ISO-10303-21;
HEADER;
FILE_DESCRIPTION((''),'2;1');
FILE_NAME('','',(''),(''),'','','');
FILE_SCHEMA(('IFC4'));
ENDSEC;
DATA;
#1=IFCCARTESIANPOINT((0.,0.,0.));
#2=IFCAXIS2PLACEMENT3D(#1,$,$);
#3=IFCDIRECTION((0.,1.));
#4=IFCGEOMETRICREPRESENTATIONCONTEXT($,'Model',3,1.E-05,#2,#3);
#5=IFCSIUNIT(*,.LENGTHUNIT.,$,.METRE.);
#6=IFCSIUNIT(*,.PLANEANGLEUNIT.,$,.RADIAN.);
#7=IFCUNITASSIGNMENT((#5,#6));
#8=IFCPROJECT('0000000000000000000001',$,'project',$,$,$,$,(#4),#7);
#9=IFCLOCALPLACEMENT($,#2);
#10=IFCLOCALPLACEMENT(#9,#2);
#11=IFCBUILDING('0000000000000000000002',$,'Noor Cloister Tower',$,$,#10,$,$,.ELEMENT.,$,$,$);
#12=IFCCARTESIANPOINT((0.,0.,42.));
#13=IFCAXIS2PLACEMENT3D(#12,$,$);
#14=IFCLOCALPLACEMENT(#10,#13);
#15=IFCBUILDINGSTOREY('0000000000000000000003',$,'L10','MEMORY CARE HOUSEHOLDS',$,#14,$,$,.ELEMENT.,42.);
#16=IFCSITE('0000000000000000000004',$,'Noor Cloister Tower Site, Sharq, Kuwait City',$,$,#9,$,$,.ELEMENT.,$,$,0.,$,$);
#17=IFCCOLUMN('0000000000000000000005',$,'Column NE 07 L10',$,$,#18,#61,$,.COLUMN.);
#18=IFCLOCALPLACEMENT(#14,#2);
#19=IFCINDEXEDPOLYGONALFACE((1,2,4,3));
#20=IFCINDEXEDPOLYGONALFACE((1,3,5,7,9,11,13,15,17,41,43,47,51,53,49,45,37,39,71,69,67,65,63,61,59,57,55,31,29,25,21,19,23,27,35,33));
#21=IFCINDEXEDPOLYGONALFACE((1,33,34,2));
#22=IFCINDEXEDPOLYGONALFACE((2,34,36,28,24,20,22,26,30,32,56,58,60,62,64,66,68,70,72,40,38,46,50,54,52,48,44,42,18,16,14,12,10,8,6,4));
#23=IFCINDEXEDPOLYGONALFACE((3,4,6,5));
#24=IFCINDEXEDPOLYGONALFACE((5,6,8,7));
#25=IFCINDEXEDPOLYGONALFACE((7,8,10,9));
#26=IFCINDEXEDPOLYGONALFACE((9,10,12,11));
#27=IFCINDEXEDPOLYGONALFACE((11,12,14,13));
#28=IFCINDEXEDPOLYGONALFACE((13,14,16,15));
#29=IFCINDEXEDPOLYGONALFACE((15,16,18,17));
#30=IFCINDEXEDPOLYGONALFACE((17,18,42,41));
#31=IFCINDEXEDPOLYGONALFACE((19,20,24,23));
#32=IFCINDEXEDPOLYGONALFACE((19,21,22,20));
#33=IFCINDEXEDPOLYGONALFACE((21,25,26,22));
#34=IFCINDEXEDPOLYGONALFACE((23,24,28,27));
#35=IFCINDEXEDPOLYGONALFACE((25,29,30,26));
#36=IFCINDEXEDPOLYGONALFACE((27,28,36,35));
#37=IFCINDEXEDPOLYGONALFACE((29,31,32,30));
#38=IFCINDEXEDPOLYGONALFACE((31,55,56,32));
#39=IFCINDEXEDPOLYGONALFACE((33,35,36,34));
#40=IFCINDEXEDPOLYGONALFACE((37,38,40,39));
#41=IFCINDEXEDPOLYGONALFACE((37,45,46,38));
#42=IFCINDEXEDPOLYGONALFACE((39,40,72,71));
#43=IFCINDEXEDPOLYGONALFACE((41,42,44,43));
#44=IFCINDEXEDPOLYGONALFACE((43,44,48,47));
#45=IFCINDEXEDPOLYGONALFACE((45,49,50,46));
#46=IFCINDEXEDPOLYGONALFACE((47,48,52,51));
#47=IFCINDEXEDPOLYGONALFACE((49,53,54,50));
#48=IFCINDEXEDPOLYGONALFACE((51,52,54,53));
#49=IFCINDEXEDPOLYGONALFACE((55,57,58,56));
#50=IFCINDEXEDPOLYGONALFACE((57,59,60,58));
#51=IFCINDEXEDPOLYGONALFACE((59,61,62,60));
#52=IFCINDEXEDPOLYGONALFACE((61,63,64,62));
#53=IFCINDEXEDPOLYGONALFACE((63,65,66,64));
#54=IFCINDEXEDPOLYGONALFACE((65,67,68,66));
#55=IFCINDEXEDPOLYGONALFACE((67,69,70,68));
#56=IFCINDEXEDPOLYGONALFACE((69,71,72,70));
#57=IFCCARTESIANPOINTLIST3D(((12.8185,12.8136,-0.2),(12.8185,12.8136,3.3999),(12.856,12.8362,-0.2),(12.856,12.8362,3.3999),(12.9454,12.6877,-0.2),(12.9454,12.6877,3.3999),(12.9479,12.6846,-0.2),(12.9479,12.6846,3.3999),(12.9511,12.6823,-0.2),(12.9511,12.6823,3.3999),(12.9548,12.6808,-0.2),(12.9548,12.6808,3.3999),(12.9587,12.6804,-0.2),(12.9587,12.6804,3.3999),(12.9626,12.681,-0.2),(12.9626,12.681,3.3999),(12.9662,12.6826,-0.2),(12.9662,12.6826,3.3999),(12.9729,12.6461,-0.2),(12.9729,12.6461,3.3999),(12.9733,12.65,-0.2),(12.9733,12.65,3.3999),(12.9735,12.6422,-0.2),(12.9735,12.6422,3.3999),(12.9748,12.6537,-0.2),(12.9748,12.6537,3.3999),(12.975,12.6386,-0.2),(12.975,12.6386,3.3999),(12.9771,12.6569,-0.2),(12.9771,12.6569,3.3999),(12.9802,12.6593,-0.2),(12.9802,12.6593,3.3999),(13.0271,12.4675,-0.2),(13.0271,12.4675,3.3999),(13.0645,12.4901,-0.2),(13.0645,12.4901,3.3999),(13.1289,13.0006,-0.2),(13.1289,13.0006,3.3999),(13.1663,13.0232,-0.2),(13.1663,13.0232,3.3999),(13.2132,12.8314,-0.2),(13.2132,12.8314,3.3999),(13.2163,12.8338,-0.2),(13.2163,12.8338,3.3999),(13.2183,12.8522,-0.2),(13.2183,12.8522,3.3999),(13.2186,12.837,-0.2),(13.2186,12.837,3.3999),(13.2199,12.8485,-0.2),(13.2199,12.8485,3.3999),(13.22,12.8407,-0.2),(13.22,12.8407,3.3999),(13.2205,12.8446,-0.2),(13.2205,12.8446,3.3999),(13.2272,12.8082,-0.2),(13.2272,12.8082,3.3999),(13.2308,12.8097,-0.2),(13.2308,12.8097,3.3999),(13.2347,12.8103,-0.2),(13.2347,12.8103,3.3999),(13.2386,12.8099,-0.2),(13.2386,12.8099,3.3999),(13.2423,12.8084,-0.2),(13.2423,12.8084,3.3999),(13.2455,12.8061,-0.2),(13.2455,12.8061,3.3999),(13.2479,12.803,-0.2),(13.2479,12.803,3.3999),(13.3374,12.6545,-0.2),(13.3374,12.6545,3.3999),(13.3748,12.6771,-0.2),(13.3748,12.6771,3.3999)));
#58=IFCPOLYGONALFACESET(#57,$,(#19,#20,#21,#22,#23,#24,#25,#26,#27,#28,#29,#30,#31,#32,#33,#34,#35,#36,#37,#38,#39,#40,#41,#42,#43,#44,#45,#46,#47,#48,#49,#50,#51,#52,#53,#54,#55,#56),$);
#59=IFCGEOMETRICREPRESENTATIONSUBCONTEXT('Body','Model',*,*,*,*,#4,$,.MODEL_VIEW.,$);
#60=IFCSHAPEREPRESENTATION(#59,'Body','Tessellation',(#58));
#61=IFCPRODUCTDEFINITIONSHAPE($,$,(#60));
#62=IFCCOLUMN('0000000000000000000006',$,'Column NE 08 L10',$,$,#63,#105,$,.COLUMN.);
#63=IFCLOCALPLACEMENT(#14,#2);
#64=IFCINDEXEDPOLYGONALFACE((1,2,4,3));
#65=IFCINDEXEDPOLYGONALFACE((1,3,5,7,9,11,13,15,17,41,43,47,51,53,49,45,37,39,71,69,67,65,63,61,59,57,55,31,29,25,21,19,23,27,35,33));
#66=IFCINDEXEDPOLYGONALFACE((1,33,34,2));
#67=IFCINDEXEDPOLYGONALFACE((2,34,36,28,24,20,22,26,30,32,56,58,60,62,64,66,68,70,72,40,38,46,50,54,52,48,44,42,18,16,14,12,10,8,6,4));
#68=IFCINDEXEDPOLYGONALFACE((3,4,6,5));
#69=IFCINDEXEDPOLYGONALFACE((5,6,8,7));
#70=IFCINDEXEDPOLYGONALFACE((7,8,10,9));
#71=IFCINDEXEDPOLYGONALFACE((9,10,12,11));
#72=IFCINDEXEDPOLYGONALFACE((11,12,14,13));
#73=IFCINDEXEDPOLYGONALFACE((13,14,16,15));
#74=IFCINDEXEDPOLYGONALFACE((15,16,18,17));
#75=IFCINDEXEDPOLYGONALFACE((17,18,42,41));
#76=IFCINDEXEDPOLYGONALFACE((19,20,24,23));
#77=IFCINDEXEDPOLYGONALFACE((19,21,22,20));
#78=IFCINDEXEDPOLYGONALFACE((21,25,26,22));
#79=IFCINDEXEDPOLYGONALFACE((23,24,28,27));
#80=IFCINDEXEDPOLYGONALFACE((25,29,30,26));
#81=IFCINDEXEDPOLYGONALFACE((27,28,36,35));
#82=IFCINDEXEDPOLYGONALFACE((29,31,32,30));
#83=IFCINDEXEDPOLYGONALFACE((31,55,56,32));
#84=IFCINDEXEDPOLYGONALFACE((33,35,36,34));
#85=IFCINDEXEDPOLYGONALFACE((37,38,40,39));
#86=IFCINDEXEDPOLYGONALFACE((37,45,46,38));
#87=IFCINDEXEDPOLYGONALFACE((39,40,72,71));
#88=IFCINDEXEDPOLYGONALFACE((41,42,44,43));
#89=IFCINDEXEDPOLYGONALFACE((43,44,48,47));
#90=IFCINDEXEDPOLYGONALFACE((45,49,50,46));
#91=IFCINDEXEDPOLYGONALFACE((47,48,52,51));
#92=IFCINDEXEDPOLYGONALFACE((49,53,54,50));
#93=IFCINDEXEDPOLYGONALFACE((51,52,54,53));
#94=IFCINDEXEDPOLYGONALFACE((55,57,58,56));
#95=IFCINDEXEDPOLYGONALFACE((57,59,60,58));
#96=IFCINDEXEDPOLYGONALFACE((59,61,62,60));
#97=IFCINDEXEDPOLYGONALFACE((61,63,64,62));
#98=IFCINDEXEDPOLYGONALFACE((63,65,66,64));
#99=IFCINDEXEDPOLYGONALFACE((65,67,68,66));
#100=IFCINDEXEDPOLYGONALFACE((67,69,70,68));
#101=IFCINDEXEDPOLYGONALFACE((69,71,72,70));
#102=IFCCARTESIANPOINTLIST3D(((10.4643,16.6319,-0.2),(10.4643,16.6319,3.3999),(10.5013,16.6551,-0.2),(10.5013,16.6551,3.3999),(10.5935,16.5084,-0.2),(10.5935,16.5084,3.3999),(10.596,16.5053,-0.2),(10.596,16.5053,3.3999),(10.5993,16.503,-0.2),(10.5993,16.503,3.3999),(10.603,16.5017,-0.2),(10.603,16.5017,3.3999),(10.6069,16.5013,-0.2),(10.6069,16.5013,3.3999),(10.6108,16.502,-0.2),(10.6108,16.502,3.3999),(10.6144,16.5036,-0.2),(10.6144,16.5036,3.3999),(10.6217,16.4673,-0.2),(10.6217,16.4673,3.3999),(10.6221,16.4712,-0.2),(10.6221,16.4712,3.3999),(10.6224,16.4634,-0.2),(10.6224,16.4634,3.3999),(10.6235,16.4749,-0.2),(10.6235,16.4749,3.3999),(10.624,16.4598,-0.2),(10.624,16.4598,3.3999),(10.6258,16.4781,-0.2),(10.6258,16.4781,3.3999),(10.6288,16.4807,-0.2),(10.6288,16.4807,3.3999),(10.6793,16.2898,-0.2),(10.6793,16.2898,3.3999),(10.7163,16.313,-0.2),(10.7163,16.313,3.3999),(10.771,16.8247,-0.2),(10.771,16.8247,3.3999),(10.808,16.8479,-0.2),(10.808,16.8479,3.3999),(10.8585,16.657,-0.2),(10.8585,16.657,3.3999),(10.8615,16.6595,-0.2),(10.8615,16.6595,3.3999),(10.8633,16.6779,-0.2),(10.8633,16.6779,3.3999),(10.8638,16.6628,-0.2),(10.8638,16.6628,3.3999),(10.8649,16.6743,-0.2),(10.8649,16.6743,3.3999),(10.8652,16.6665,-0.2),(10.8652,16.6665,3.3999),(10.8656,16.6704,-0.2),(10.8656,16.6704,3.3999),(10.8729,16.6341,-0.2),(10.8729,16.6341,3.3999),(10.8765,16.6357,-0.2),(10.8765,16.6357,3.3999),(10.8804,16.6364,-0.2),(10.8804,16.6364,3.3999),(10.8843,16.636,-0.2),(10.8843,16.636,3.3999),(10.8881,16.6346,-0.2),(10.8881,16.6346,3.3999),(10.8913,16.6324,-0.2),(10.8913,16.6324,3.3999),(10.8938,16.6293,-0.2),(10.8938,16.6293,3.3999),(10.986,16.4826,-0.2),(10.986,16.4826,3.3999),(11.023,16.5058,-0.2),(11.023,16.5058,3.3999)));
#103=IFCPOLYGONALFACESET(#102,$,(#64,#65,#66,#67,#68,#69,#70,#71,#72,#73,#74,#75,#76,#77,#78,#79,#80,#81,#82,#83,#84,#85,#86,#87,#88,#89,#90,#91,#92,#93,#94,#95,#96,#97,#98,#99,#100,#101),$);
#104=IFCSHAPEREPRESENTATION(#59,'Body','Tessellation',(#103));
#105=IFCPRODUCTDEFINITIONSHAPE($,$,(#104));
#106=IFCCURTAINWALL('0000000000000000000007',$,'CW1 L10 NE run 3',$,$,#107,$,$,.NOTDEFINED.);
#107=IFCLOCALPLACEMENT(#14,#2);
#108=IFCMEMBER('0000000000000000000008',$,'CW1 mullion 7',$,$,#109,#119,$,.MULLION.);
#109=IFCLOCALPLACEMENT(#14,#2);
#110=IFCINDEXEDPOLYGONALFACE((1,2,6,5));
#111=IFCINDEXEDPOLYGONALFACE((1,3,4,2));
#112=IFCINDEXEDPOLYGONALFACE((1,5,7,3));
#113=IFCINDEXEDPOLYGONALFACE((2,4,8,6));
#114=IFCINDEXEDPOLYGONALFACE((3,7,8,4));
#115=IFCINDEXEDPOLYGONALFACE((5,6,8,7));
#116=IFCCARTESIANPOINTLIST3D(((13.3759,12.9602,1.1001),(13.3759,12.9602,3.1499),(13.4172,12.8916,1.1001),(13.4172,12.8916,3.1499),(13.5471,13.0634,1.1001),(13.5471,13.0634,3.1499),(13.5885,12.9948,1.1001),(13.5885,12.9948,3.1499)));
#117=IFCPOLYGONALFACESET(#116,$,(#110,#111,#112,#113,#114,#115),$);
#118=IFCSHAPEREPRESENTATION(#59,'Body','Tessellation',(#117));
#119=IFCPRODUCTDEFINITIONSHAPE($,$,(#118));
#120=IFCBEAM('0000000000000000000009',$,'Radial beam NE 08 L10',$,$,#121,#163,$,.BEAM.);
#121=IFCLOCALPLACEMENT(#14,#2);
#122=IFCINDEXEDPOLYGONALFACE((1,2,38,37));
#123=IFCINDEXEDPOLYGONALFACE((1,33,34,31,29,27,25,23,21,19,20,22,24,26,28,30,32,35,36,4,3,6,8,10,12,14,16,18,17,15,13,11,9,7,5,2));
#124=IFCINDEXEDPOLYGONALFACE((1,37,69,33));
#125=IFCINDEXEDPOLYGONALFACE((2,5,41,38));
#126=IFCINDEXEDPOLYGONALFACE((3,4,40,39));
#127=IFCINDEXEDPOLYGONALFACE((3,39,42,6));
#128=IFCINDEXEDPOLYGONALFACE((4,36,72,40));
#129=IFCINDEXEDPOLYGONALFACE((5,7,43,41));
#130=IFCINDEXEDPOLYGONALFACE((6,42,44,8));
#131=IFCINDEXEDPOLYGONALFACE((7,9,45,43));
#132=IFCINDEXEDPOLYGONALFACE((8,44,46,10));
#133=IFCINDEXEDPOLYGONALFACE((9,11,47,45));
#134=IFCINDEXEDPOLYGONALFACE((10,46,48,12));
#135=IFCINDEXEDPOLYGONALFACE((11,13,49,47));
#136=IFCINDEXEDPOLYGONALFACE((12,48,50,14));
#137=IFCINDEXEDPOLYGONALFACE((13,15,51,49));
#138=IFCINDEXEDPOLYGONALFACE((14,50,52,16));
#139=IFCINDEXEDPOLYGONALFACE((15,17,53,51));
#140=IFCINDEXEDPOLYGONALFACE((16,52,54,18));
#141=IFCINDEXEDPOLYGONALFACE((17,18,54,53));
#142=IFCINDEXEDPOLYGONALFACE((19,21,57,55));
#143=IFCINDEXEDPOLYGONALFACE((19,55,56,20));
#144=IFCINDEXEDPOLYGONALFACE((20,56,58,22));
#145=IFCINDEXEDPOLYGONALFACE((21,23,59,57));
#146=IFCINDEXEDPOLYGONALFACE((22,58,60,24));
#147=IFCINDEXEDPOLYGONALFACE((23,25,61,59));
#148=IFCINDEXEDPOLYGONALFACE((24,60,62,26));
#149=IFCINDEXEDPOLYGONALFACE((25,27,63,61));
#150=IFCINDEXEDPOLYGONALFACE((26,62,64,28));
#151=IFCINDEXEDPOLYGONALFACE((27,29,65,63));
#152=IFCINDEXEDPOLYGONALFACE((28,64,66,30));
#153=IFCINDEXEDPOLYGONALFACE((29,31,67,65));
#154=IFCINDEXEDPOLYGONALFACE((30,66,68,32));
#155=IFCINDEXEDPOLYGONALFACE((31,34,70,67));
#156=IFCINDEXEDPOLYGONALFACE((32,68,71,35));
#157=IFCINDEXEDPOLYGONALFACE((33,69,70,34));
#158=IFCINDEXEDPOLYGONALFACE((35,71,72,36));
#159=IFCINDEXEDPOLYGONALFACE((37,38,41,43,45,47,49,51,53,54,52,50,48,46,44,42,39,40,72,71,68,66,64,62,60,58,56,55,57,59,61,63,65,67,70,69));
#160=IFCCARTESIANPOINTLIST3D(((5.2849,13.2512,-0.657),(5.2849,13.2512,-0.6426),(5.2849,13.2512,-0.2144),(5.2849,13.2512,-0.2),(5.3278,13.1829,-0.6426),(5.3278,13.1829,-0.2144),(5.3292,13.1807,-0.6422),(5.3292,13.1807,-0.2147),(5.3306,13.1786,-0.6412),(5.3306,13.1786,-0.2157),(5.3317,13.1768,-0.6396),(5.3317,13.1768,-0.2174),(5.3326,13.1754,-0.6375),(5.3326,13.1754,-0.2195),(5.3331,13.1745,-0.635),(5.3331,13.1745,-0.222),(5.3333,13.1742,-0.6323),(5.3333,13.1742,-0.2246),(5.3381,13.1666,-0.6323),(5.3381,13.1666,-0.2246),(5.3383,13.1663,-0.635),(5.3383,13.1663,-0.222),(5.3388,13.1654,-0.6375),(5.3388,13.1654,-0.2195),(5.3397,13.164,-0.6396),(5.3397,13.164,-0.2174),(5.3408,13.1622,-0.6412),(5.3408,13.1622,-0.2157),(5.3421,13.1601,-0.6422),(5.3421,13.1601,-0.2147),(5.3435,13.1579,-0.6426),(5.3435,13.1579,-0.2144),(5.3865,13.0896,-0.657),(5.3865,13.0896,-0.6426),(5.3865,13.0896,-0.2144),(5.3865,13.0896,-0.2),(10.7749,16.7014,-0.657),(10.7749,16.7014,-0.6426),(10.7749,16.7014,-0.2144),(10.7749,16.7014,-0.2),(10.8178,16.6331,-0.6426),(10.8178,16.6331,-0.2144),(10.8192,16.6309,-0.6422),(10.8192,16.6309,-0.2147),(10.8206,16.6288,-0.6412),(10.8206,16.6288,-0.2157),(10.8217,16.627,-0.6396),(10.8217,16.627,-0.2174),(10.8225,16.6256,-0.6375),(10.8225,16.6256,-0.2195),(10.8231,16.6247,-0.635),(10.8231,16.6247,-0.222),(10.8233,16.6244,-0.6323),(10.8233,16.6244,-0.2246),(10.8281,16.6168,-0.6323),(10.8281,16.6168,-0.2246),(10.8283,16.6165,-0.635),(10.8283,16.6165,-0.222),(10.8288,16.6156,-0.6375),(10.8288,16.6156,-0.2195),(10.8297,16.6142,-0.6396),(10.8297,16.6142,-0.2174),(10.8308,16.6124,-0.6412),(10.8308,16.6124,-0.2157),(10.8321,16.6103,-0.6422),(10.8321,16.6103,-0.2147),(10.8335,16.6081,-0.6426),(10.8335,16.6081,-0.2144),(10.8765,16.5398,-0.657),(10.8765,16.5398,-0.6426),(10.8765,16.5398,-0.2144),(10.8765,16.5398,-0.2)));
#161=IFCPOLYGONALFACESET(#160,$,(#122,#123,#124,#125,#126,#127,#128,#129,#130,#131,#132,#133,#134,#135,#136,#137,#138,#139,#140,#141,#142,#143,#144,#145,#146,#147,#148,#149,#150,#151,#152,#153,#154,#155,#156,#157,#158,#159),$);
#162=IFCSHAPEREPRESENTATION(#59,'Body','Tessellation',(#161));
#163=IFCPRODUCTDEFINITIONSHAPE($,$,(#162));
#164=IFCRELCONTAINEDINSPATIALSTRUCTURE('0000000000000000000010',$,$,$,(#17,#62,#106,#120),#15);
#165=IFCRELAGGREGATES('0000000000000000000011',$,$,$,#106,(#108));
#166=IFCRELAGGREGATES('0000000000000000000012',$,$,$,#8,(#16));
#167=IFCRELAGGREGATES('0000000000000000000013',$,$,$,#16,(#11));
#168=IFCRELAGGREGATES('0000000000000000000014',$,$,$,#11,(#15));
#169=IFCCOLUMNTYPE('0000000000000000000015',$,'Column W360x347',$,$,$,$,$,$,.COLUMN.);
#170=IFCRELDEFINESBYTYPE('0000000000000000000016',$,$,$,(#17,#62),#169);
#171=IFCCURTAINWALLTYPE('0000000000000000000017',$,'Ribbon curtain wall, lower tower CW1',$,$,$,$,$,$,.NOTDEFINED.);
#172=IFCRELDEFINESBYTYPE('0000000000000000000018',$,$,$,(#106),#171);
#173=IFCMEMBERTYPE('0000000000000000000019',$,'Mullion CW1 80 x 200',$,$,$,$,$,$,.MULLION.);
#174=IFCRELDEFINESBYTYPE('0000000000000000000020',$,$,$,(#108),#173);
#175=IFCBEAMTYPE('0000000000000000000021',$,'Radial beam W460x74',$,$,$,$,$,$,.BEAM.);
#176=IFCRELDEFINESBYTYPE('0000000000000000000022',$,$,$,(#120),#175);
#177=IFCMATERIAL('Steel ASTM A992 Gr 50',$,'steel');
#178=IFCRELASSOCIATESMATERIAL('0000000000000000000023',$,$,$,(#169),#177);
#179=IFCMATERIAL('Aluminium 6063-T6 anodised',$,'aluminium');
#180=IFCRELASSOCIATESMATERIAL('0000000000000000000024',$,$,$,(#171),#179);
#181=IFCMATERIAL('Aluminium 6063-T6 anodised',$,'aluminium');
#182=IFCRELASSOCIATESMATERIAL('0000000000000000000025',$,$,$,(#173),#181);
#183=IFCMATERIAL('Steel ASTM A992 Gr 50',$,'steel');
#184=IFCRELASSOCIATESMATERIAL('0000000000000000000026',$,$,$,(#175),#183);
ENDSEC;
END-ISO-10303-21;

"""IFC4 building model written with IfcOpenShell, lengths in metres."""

from ifc_helpers import new_model, si_unit, direction, frame, origin, origin_2d, place, context, subcontext, project, spatial, rectangle, i_section, extrude, material, material_profile, profile_set, type_object, element, aggregate, save


model = new_model("IFC4")

# Units and contexts
model_context = context("Model", 3, precision=1e-05, world=origin(), true_north=direction((0.0, 1.0)))
body_context = subcontext(model_context, "Body", "Model", "MODEL_VIEW")
ifc_project = project(units=[si_unit("LENGTHUNIT", "METRE"), si_unit("PLANEANGLEUNIT", "RADIAN")], contexts=[model_context])

# Site, building, storey
site_placement = place(None, origin())
site = spatial("IfcSite", under=ifc_project, at=site_placement, Name="Noor Cloister Tower Site, Sharq, Kuwait City", CompositionType="ELEMENT", RefElevation=0.0)
building_placement = place(site_placement, origin())
building = spatial("IfcBuilding", under=site, at=building_placement, Name="Noor Cloister Tower", CompositionType="ELEMENT")
storey_placement = place(building_placement, frame((0.0, 0.0, 42.0)))
storey = spatial("IfcBuildingStorey", under=building, at=storey_placement, Name="L10", Description="MEMORY CARE HOUSEHOLDS", CompositionType="ELEMENT", Elevation=42.0)

# Columns
ifc_material_1 = material(Name="Steel ASTM A992 Gr 50", Category="steel")
ifc_material_profile_1 = material_profile(ifc_material_1, i_section(OverallWidth=0.4041, OverallDepth=0.406, WebThickness=0.0271, FlangeThickness=0.0437, FilletRadius=0.0151, at=origin_2d()), Name="W360x347")
ifc_profile_set_1 = profile_set([ifc_material_profile_1], Name="Steel ASTM A992 Gr 50")
column_type = type_object("IfcColumnType", Name="Column W360x347", PredefinedType="COLUMN", material=ifc_profile_set_1)
for number, where, z_axis, x_axis, name in (
    (1, (13.0967, 12.7454, -0.2), (0.0, 0.0, 1.0), (-0.51613, 0.85651, 0.0), "Column NE 07 L10"),
    (2, (10.7437, 16.5688, -0.2), (0.0, 0.0, 1.0), (-0.532079, 0.846695, 0.0), "Column NE 08 L10"),
):
    element("IfcColumn", number, at=place(storey_placement, frame(where, z_axis=z_axis, x_axis=x_axis)), inside=storey, type_object=column_type, Name=name, PredefinedType="COLUMN", context=body_context, shape_type="SweptSolid", body=[
        extrude(i_section(OverallWidth=0.4041, OverallDepth=0.406, WebThickness=0.0271, FlangeThickness=0.0437, FilletRadius=0.0151, at=origin_2d()), origin(), (0.0, 0.0, 1.0), 3.5999),
    ])

# Curtain wall, member
ifc_material_2 = material(Name="Aluminium 6063-T6 anodised", Category="aluminium")
curtain_wall_type = type_object("IfcCurtainWallType", Name="Ribbon curtain wall, lower tower CW1", PredefinedType="NOTDEFINED", material=ifc_material_2)
curtain_wall_placement = place(storey_placement, origin())
curtain_wall = element("IfcCurtainWall", 3, at=curtain_wall_placement, inside=storey, type_object=curtain_wall_type, Name="CW1 L10 NE run 3", PredefinedType="NOTDEFINED")
ifc_material_3 = material(Name="Aluminium 6063-T6 anodised", Category="aluminium")
ifc_material_profile_2 = material_profile(ifc_material_3, rectangle(XDim=0.2, YDim=0.0801, at=origin_2d()), Name="200 x 80 mullion")
ifc_profile_set_2 = profile_set([ifc_material_profile_2], Name="Aluminium 6063-T6 anodised")
member_type = type_object("IfcMemberType", Name="Mullion CW1 80 x 200", PredefinedType="MULLION", material=ifc_profile_set_2)
member_placement = place(storey_placement, frame((13.4822, 12.9775, 1.1001), z_axis=(0.0, 0.0, 1.0), x_axis=(-0.85651, -0.51613, 0.0)))
member = element("IfcMember", 4, at=member_placement, type_object=member_type, Name="CW1 mullion 7", PredefinedType="MULLION", context=body_context, shape_type="SweptSolid", body=[
    extrude(rectangle(XDim=0.2, YDim=0.0801, at=origin_2d()), origin(), (0.0, 0.0, 1.0), 2.0498),
])

# Beam
ifc_material_4 = material(Name="Steel ASTM A992 Gr 50", Category="steel")
ifc_material_profile_3 = material_profile(ifc_material_4, i_section(OverallWidth=0.1909, OverallDepth=0.457, WebThickness=0.009, FlangeThickness=0.0144, FilletRadius=0.0103, at=origin_2d()), Name="W460x74")
ifc_profile_set_3 = profile_set([ifc_material_profile_3], Name="Steel ASTM A992 Gr 50")
beam_type_1 = type_object("IfcBeamType", Name="Radial beam W460x74", PredefinedType="BEAM", material=ifc_profile_set_3)
beam_1_placement = place(storey_placement, frame((10.8257, 16.6206, -0.4285), z_axis=(-0.846682, -0.532099, 0.0), x_axis=(0.532099, -0.846682, 0.0)))
element("IfcBeam", 5, at=beam_1_placement, inside=storey, type_object=beam_type_1, Name="Radial beam NE 08 L10", PredefinedType="BEAM", context=body_context, shape_type="SweptSolid", body=[
    extrude(i_section(OverallWidth=0.1909, OverallDepth=0.457, WebThickness=0.009, FlangeThickness=0.0144, FilletRadius=0.0103, at=origin_2d()), origin(), (0.0, 0.0, 1.0), 6.4841),
])

aggregate(curtain_wall, [member])

save(model, "model.ifc")
